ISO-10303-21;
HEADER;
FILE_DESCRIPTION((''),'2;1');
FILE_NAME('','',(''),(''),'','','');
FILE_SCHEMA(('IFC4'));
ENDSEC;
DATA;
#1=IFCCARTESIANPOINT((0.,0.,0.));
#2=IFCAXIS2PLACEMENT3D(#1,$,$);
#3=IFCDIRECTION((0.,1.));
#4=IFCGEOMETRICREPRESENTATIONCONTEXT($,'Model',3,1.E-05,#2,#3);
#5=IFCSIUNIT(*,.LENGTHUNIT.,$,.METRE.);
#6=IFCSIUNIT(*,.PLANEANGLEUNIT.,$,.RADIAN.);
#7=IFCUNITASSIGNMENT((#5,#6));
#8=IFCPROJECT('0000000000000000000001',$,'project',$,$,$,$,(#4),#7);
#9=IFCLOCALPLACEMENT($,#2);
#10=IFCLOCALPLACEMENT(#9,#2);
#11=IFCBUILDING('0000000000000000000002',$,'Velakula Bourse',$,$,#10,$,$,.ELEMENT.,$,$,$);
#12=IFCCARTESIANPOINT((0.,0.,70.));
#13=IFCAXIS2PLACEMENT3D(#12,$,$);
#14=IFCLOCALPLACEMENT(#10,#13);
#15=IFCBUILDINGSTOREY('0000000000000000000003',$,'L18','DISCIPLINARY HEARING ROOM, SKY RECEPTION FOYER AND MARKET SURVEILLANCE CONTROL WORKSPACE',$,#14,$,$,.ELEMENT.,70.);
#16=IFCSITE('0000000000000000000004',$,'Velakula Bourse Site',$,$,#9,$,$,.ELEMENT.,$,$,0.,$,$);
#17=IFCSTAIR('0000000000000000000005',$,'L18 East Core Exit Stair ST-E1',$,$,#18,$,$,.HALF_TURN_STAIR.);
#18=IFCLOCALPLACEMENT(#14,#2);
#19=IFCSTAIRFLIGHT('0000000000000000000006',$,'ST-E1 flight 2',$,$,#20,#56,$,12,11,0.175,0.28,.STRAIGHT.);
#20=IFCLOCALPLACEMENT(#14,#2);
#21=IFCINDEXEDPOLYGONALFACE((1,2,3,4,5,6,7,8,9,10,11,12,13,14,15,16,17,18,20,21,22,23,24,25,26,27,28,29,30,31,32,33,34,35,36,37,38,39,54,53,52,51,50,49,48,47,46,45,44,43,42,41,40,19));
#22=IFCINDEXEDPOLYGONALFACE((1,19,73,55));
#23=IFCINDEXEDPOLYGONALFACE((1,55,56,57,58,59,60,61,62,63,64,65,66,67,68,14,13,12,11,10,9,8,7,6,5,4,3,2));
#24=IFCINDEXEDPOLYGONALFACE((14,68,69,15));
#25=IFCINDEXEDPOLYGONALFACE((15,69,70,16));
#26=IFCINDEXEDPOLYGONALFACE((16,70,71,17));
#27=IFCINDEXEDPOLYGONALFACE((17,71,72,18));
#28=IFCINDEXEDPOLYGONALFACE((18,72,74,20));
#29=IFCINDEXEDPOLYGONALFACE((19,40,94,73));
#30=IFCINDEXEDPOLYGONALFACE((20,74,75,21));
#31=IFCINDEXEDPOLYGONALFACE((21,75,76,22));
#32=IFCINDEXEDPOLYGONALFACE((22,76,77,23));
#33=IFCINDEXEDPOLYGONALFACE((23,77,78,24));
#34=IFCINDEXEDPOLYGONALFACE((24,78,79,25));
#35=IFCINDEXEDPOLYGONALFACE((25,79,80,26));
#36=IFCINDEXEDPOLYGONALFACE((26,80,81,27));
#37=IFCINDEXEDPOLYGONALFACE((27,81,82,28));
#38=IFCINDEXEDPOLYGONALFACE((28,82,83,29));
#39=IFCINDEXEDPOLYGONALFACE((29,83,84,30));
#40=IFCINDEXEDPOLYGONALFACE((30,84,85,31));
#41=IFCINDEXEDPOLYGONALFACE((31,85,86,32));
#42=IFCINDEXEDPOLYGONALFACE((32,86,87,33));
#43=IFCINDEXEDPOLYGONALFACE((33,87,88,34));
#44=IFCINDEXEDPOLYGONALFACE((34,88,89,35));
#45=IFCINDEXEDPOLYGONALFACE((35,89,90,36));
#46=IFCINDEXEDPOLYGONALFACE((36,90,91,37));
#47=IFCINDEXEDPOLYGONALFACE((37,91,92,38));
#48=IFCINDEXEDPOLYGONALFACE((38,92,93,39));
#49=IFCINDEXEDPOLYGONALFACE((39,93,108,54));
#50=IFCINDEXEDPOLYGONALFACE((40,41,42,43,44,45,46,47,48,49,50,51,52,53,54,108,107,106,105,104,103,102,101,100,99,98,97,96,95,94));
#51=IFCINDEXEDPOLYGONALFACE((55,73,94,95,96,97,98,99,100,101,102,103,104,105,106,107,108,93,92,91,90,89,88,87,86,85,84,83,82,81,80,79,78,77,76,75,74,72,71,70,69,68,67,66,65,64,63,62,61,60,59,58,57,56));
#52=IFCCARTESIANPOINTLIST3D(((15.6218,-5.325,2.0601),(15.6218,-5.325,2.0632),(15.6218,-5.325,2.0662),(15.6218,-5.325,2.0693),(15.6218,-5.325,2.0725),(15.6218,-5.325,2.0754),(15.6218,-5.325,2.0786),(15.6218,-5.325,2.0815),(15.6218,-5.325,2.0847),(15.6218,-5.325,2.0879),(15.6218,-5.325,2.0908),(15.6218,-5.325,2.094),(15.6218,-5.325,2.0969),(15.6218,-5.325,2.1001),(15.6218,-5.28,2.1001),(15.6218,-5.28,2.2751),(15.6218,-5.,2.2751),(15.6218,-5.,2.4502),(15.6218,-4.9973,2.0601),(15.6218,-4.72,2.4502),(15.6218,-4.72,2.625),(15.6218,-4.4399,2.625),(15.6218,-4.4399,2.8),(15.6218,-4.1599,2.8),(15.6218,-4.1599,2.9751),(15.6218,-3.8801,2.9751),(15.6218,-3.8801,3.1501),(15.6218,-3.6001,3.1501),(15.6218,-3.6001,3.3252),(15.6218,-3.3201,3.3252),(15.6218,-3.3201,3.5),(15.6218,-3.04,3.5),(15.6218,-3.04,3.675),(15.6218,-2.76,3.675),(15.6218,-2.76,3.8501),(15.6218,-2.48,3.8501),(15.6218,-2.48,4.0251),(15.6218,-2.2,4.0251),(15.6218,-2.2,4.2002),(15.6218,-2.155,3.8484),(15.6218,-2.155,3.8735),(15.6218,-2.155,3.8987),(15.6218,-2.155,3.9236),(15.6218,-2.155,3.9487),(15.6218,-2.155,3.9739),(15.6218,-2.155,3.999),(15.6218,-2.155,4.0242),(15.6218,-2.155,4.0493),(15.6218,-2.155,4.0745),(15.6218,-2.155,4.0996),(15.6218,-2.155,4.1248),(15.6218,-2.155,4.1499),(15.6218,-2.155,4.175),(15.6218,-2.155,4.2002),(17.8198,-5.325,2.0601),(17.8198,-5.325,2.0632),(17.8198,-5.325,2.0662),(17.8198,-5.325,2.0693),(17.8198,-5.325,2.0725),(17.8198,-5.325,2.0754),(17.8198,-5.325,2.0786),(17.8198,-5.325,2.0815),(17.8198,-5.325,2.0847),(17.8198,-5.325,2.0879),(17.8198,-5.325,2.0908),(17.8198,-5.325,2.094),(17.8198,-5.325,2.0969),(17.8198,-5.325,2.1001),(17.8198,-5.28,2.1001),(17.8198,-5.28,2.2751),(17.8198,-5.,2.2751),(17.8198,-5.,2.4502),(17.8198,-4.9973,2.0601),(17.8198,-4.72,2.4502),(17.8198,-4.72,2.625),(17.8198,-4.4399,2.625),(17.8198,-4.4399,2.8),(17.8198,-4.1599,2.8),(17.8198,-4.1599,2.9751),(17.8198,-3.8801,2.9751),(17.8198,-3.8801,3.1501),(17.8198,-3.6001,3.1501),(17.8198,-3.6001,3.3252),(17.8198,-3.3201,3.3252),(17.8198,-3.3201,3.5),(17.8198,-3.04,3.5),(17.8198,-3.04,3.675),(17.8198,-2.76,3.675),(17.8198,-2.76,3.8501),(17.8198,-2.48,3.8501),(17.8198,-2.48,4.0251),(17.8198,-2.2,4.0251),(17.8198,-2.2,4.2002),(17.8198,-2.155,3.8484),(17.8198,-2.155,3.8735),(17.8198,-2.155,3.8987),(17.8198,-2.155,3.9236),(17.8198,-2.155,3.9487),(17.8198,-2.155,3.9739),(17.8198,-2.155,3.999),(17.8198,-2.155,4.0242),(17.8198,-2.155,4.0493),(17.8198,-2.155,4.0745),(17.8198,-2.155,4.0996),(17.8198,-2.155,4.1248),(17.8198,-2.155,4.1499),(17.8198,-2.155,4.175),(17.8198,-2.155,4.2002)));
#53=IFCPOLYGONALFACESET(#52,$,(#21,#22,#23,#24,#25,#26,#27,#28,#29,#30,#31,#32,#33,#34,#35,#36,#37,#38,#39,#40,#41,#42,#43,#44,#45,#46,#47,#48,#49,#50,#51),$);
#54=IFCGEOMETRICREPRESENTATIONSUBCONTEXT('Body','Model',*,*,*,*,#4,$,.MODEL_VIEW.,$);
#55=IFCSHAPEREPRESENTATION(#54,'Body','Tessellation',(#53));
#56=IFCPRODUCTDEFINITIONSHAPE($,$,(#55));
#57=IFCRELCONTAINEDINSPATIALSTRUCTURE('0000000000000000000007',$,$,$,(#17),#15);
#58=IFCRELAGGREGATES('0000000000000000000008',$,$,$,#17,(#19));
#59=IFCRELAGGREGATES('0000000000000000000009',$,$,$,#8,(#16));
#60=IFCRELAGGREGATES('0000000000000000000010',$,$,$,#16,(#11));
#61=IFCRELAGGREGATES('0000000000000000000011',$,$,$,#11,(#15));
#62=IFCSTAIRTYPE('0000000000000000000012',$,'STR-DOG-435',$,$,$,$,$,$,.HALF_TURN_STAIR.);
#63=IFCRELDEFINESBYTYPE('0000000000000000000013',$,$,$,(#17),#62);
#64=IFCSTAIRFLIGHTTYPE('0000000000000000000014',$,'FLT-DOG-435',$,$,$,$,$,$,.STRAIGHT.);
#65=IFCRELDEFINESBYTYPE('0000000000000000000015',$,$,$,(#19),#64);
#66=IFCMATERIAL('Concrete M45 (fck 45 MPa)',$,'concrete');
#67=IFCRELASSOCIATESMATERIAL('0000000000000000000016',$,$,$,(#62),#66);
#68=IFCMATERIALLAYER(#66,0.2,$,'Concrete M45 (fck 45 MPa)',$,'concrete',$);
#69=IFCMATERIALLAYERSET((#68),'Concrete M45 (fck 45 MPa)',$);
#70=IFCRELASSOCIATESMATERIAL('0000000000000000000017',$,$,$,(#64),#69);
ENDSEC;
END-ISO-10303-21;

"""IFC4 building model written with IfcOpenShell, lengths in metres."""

from ifc_helpers import new_model, si_unit, direction, frame, origin, place, context, subcontext, project, spatial, polyline, outline, extrude, material, layer, layer_set, type_object, element, aggregate, save


model = new_model("IFC4")

# Units and contexts
model_context = context("Model", 3, precision=1e-05, world=origin(), true_north=direction((0.0, 1.0)))
body_context = subcontext(model_context, "Body", "Model", "MODEL_VIEW")
ifc_project = project(units=[si_unit("LENGTHUNIT", "METRE"), si_unit("PLANEANGLEUNIT", "RADIAN")], contexts=[model_context])

# Site, building, storey
site_placement = place(None, origin())
site = spatial("IfcSite", under=ifc_project, at=site_placement, Name="Velakula Bourse Site", CompositionType="ELEMENT", RefElevation=0.0)
building_placement = place(site_placement, origin())
building = spatial("IfcBuilding", under=site, at=building_placement, Name="Velakula Bourse", CompositionType="ELEMENT")
storey_placement = place(building_placement, frame((0.0, 0.0, 70.0)))
storey = spatial("IfcBuildingStorey", under=building, at=storey_placement, Name="L18", Description="DISCIPLINARY HEARING ROOM, SKY RECEPTION FOYER AND MARKET SURVEILLANCE CONTROL WORKSPACE", CompositionType="ELEMENT", Elevation=70.0)

# Stair, stair flight
ifc_material_1 = material(Name="Concrete M45 (fck 45 MPa)", Category="concrete")
stair_type = type_object("IfcStairType", Name="STR-DOG-435", PredefinedType="HALF_TURN_STAIR", material=ifc_material_1)
stair_placement = place(storey_placement, origin())
stair = element("IfcStair", 1, at=stair_placement, inside=storey, type_object=stair_type, Name="L18 East Core Exit Stair ST-E1", PredefinedType="HALF_TURN_STAIR")
ifc_layer_1 = layer(ifc_material_1, 0.2, Name="Concrete M45 (fck 45 MPa)", Category="concrete")
ifc_layer_set_1 = layer_set([ifc_layer_1], Name="Concrete M45 (fck 45 MPa)")
stair_flight_type = type_object("IfcStairFlightType", Name="FLT-DOG-435", PredefinedType="STRAIGHT", material=ifc_layer_set_1)
stair_flight_1_placement = place(storey_placement, frame((16.7209, -5.28, 2.1001), z_axis=(0.0, 0.0, 1.0), x_axis=(0.0, 1.0, 0.0)))
stair_flight_1 = element("IfcStairFlight", 2, at=stair_flight_1_placement, type_object=stair_flight_type, Name="ST-E1 flight 2", NumberOfRisers=12, NumberOfTreads=11, PredefinedType="STRAIGHT", RiserHeight=0.175, TreadLength=0.28, context=body_context, shape_type="SweptSolid", body=[
    extrude(outline(polyline([(-0.0449, -0.04), (-0.0449, -0.0369), (-0.0449, -0.0339), (-0.0449, -0.0308), (-0.0449, -0.0276), (-0.0449, -0.0247), (-0.0449, -0.0215), (-0.0449, -0.0186), (-0.0449, -0.0154), (-0.0449, -0.0122), (-0.0449, -0.0093), (-0.0449, -0.0061), (-0.0449, -0.0032), (-0.0449, 0.0), (0.0, 0.0), (0.0, 0.175), (0.28, 0.175), (0.28, 0.3501), (0.5601, 0.3501), (0.5601, 0.5249), (0.8401, 0.5249), (0.8401, 0.7), (1.1201, 0.7), (1.1201, 0.875), (1.3999, 0.875), (1.3999, 1.05), (1.6799, 1.05), (1.6799, 1.2251), (1.96, 1.2251), (1.96, 1.3999), (2.24, 1.3999), (2.24, 1.575), (2.52, 1.575), (2.52, 1.75), (2.8, 1.75), (2.8, 1.925), (3.0801, 1.925), (3.0801, 2.1001), (3.125, 2.1001), (3.125, 2.075), (3.125, 2.0498), (3.125, 2.0247), (3.125, 1.9995), (3.125, 1.9744), (3.125, 1.9492), (3.125, 1.9241), (3.125, 1.8989), (3.125, 1.8738), (3.125, 1.8486), (3.125, 1.8235), (3.125, 1.7986), (3.125, 1.7734), (3.125, 1.7483), (0.2827, -0.04), (-0.0449, -0.04)])), frame((0.0, 1.0991, 0.0), z_axis=(0.0, -1.0, 0.0), x_axis=(1.0, 0.0, 0.0)), (0.0, 0.0, 1.0), 2.198),
])
aggregate(stair, [stair_flight_1])

save(model, "model.ifc")
